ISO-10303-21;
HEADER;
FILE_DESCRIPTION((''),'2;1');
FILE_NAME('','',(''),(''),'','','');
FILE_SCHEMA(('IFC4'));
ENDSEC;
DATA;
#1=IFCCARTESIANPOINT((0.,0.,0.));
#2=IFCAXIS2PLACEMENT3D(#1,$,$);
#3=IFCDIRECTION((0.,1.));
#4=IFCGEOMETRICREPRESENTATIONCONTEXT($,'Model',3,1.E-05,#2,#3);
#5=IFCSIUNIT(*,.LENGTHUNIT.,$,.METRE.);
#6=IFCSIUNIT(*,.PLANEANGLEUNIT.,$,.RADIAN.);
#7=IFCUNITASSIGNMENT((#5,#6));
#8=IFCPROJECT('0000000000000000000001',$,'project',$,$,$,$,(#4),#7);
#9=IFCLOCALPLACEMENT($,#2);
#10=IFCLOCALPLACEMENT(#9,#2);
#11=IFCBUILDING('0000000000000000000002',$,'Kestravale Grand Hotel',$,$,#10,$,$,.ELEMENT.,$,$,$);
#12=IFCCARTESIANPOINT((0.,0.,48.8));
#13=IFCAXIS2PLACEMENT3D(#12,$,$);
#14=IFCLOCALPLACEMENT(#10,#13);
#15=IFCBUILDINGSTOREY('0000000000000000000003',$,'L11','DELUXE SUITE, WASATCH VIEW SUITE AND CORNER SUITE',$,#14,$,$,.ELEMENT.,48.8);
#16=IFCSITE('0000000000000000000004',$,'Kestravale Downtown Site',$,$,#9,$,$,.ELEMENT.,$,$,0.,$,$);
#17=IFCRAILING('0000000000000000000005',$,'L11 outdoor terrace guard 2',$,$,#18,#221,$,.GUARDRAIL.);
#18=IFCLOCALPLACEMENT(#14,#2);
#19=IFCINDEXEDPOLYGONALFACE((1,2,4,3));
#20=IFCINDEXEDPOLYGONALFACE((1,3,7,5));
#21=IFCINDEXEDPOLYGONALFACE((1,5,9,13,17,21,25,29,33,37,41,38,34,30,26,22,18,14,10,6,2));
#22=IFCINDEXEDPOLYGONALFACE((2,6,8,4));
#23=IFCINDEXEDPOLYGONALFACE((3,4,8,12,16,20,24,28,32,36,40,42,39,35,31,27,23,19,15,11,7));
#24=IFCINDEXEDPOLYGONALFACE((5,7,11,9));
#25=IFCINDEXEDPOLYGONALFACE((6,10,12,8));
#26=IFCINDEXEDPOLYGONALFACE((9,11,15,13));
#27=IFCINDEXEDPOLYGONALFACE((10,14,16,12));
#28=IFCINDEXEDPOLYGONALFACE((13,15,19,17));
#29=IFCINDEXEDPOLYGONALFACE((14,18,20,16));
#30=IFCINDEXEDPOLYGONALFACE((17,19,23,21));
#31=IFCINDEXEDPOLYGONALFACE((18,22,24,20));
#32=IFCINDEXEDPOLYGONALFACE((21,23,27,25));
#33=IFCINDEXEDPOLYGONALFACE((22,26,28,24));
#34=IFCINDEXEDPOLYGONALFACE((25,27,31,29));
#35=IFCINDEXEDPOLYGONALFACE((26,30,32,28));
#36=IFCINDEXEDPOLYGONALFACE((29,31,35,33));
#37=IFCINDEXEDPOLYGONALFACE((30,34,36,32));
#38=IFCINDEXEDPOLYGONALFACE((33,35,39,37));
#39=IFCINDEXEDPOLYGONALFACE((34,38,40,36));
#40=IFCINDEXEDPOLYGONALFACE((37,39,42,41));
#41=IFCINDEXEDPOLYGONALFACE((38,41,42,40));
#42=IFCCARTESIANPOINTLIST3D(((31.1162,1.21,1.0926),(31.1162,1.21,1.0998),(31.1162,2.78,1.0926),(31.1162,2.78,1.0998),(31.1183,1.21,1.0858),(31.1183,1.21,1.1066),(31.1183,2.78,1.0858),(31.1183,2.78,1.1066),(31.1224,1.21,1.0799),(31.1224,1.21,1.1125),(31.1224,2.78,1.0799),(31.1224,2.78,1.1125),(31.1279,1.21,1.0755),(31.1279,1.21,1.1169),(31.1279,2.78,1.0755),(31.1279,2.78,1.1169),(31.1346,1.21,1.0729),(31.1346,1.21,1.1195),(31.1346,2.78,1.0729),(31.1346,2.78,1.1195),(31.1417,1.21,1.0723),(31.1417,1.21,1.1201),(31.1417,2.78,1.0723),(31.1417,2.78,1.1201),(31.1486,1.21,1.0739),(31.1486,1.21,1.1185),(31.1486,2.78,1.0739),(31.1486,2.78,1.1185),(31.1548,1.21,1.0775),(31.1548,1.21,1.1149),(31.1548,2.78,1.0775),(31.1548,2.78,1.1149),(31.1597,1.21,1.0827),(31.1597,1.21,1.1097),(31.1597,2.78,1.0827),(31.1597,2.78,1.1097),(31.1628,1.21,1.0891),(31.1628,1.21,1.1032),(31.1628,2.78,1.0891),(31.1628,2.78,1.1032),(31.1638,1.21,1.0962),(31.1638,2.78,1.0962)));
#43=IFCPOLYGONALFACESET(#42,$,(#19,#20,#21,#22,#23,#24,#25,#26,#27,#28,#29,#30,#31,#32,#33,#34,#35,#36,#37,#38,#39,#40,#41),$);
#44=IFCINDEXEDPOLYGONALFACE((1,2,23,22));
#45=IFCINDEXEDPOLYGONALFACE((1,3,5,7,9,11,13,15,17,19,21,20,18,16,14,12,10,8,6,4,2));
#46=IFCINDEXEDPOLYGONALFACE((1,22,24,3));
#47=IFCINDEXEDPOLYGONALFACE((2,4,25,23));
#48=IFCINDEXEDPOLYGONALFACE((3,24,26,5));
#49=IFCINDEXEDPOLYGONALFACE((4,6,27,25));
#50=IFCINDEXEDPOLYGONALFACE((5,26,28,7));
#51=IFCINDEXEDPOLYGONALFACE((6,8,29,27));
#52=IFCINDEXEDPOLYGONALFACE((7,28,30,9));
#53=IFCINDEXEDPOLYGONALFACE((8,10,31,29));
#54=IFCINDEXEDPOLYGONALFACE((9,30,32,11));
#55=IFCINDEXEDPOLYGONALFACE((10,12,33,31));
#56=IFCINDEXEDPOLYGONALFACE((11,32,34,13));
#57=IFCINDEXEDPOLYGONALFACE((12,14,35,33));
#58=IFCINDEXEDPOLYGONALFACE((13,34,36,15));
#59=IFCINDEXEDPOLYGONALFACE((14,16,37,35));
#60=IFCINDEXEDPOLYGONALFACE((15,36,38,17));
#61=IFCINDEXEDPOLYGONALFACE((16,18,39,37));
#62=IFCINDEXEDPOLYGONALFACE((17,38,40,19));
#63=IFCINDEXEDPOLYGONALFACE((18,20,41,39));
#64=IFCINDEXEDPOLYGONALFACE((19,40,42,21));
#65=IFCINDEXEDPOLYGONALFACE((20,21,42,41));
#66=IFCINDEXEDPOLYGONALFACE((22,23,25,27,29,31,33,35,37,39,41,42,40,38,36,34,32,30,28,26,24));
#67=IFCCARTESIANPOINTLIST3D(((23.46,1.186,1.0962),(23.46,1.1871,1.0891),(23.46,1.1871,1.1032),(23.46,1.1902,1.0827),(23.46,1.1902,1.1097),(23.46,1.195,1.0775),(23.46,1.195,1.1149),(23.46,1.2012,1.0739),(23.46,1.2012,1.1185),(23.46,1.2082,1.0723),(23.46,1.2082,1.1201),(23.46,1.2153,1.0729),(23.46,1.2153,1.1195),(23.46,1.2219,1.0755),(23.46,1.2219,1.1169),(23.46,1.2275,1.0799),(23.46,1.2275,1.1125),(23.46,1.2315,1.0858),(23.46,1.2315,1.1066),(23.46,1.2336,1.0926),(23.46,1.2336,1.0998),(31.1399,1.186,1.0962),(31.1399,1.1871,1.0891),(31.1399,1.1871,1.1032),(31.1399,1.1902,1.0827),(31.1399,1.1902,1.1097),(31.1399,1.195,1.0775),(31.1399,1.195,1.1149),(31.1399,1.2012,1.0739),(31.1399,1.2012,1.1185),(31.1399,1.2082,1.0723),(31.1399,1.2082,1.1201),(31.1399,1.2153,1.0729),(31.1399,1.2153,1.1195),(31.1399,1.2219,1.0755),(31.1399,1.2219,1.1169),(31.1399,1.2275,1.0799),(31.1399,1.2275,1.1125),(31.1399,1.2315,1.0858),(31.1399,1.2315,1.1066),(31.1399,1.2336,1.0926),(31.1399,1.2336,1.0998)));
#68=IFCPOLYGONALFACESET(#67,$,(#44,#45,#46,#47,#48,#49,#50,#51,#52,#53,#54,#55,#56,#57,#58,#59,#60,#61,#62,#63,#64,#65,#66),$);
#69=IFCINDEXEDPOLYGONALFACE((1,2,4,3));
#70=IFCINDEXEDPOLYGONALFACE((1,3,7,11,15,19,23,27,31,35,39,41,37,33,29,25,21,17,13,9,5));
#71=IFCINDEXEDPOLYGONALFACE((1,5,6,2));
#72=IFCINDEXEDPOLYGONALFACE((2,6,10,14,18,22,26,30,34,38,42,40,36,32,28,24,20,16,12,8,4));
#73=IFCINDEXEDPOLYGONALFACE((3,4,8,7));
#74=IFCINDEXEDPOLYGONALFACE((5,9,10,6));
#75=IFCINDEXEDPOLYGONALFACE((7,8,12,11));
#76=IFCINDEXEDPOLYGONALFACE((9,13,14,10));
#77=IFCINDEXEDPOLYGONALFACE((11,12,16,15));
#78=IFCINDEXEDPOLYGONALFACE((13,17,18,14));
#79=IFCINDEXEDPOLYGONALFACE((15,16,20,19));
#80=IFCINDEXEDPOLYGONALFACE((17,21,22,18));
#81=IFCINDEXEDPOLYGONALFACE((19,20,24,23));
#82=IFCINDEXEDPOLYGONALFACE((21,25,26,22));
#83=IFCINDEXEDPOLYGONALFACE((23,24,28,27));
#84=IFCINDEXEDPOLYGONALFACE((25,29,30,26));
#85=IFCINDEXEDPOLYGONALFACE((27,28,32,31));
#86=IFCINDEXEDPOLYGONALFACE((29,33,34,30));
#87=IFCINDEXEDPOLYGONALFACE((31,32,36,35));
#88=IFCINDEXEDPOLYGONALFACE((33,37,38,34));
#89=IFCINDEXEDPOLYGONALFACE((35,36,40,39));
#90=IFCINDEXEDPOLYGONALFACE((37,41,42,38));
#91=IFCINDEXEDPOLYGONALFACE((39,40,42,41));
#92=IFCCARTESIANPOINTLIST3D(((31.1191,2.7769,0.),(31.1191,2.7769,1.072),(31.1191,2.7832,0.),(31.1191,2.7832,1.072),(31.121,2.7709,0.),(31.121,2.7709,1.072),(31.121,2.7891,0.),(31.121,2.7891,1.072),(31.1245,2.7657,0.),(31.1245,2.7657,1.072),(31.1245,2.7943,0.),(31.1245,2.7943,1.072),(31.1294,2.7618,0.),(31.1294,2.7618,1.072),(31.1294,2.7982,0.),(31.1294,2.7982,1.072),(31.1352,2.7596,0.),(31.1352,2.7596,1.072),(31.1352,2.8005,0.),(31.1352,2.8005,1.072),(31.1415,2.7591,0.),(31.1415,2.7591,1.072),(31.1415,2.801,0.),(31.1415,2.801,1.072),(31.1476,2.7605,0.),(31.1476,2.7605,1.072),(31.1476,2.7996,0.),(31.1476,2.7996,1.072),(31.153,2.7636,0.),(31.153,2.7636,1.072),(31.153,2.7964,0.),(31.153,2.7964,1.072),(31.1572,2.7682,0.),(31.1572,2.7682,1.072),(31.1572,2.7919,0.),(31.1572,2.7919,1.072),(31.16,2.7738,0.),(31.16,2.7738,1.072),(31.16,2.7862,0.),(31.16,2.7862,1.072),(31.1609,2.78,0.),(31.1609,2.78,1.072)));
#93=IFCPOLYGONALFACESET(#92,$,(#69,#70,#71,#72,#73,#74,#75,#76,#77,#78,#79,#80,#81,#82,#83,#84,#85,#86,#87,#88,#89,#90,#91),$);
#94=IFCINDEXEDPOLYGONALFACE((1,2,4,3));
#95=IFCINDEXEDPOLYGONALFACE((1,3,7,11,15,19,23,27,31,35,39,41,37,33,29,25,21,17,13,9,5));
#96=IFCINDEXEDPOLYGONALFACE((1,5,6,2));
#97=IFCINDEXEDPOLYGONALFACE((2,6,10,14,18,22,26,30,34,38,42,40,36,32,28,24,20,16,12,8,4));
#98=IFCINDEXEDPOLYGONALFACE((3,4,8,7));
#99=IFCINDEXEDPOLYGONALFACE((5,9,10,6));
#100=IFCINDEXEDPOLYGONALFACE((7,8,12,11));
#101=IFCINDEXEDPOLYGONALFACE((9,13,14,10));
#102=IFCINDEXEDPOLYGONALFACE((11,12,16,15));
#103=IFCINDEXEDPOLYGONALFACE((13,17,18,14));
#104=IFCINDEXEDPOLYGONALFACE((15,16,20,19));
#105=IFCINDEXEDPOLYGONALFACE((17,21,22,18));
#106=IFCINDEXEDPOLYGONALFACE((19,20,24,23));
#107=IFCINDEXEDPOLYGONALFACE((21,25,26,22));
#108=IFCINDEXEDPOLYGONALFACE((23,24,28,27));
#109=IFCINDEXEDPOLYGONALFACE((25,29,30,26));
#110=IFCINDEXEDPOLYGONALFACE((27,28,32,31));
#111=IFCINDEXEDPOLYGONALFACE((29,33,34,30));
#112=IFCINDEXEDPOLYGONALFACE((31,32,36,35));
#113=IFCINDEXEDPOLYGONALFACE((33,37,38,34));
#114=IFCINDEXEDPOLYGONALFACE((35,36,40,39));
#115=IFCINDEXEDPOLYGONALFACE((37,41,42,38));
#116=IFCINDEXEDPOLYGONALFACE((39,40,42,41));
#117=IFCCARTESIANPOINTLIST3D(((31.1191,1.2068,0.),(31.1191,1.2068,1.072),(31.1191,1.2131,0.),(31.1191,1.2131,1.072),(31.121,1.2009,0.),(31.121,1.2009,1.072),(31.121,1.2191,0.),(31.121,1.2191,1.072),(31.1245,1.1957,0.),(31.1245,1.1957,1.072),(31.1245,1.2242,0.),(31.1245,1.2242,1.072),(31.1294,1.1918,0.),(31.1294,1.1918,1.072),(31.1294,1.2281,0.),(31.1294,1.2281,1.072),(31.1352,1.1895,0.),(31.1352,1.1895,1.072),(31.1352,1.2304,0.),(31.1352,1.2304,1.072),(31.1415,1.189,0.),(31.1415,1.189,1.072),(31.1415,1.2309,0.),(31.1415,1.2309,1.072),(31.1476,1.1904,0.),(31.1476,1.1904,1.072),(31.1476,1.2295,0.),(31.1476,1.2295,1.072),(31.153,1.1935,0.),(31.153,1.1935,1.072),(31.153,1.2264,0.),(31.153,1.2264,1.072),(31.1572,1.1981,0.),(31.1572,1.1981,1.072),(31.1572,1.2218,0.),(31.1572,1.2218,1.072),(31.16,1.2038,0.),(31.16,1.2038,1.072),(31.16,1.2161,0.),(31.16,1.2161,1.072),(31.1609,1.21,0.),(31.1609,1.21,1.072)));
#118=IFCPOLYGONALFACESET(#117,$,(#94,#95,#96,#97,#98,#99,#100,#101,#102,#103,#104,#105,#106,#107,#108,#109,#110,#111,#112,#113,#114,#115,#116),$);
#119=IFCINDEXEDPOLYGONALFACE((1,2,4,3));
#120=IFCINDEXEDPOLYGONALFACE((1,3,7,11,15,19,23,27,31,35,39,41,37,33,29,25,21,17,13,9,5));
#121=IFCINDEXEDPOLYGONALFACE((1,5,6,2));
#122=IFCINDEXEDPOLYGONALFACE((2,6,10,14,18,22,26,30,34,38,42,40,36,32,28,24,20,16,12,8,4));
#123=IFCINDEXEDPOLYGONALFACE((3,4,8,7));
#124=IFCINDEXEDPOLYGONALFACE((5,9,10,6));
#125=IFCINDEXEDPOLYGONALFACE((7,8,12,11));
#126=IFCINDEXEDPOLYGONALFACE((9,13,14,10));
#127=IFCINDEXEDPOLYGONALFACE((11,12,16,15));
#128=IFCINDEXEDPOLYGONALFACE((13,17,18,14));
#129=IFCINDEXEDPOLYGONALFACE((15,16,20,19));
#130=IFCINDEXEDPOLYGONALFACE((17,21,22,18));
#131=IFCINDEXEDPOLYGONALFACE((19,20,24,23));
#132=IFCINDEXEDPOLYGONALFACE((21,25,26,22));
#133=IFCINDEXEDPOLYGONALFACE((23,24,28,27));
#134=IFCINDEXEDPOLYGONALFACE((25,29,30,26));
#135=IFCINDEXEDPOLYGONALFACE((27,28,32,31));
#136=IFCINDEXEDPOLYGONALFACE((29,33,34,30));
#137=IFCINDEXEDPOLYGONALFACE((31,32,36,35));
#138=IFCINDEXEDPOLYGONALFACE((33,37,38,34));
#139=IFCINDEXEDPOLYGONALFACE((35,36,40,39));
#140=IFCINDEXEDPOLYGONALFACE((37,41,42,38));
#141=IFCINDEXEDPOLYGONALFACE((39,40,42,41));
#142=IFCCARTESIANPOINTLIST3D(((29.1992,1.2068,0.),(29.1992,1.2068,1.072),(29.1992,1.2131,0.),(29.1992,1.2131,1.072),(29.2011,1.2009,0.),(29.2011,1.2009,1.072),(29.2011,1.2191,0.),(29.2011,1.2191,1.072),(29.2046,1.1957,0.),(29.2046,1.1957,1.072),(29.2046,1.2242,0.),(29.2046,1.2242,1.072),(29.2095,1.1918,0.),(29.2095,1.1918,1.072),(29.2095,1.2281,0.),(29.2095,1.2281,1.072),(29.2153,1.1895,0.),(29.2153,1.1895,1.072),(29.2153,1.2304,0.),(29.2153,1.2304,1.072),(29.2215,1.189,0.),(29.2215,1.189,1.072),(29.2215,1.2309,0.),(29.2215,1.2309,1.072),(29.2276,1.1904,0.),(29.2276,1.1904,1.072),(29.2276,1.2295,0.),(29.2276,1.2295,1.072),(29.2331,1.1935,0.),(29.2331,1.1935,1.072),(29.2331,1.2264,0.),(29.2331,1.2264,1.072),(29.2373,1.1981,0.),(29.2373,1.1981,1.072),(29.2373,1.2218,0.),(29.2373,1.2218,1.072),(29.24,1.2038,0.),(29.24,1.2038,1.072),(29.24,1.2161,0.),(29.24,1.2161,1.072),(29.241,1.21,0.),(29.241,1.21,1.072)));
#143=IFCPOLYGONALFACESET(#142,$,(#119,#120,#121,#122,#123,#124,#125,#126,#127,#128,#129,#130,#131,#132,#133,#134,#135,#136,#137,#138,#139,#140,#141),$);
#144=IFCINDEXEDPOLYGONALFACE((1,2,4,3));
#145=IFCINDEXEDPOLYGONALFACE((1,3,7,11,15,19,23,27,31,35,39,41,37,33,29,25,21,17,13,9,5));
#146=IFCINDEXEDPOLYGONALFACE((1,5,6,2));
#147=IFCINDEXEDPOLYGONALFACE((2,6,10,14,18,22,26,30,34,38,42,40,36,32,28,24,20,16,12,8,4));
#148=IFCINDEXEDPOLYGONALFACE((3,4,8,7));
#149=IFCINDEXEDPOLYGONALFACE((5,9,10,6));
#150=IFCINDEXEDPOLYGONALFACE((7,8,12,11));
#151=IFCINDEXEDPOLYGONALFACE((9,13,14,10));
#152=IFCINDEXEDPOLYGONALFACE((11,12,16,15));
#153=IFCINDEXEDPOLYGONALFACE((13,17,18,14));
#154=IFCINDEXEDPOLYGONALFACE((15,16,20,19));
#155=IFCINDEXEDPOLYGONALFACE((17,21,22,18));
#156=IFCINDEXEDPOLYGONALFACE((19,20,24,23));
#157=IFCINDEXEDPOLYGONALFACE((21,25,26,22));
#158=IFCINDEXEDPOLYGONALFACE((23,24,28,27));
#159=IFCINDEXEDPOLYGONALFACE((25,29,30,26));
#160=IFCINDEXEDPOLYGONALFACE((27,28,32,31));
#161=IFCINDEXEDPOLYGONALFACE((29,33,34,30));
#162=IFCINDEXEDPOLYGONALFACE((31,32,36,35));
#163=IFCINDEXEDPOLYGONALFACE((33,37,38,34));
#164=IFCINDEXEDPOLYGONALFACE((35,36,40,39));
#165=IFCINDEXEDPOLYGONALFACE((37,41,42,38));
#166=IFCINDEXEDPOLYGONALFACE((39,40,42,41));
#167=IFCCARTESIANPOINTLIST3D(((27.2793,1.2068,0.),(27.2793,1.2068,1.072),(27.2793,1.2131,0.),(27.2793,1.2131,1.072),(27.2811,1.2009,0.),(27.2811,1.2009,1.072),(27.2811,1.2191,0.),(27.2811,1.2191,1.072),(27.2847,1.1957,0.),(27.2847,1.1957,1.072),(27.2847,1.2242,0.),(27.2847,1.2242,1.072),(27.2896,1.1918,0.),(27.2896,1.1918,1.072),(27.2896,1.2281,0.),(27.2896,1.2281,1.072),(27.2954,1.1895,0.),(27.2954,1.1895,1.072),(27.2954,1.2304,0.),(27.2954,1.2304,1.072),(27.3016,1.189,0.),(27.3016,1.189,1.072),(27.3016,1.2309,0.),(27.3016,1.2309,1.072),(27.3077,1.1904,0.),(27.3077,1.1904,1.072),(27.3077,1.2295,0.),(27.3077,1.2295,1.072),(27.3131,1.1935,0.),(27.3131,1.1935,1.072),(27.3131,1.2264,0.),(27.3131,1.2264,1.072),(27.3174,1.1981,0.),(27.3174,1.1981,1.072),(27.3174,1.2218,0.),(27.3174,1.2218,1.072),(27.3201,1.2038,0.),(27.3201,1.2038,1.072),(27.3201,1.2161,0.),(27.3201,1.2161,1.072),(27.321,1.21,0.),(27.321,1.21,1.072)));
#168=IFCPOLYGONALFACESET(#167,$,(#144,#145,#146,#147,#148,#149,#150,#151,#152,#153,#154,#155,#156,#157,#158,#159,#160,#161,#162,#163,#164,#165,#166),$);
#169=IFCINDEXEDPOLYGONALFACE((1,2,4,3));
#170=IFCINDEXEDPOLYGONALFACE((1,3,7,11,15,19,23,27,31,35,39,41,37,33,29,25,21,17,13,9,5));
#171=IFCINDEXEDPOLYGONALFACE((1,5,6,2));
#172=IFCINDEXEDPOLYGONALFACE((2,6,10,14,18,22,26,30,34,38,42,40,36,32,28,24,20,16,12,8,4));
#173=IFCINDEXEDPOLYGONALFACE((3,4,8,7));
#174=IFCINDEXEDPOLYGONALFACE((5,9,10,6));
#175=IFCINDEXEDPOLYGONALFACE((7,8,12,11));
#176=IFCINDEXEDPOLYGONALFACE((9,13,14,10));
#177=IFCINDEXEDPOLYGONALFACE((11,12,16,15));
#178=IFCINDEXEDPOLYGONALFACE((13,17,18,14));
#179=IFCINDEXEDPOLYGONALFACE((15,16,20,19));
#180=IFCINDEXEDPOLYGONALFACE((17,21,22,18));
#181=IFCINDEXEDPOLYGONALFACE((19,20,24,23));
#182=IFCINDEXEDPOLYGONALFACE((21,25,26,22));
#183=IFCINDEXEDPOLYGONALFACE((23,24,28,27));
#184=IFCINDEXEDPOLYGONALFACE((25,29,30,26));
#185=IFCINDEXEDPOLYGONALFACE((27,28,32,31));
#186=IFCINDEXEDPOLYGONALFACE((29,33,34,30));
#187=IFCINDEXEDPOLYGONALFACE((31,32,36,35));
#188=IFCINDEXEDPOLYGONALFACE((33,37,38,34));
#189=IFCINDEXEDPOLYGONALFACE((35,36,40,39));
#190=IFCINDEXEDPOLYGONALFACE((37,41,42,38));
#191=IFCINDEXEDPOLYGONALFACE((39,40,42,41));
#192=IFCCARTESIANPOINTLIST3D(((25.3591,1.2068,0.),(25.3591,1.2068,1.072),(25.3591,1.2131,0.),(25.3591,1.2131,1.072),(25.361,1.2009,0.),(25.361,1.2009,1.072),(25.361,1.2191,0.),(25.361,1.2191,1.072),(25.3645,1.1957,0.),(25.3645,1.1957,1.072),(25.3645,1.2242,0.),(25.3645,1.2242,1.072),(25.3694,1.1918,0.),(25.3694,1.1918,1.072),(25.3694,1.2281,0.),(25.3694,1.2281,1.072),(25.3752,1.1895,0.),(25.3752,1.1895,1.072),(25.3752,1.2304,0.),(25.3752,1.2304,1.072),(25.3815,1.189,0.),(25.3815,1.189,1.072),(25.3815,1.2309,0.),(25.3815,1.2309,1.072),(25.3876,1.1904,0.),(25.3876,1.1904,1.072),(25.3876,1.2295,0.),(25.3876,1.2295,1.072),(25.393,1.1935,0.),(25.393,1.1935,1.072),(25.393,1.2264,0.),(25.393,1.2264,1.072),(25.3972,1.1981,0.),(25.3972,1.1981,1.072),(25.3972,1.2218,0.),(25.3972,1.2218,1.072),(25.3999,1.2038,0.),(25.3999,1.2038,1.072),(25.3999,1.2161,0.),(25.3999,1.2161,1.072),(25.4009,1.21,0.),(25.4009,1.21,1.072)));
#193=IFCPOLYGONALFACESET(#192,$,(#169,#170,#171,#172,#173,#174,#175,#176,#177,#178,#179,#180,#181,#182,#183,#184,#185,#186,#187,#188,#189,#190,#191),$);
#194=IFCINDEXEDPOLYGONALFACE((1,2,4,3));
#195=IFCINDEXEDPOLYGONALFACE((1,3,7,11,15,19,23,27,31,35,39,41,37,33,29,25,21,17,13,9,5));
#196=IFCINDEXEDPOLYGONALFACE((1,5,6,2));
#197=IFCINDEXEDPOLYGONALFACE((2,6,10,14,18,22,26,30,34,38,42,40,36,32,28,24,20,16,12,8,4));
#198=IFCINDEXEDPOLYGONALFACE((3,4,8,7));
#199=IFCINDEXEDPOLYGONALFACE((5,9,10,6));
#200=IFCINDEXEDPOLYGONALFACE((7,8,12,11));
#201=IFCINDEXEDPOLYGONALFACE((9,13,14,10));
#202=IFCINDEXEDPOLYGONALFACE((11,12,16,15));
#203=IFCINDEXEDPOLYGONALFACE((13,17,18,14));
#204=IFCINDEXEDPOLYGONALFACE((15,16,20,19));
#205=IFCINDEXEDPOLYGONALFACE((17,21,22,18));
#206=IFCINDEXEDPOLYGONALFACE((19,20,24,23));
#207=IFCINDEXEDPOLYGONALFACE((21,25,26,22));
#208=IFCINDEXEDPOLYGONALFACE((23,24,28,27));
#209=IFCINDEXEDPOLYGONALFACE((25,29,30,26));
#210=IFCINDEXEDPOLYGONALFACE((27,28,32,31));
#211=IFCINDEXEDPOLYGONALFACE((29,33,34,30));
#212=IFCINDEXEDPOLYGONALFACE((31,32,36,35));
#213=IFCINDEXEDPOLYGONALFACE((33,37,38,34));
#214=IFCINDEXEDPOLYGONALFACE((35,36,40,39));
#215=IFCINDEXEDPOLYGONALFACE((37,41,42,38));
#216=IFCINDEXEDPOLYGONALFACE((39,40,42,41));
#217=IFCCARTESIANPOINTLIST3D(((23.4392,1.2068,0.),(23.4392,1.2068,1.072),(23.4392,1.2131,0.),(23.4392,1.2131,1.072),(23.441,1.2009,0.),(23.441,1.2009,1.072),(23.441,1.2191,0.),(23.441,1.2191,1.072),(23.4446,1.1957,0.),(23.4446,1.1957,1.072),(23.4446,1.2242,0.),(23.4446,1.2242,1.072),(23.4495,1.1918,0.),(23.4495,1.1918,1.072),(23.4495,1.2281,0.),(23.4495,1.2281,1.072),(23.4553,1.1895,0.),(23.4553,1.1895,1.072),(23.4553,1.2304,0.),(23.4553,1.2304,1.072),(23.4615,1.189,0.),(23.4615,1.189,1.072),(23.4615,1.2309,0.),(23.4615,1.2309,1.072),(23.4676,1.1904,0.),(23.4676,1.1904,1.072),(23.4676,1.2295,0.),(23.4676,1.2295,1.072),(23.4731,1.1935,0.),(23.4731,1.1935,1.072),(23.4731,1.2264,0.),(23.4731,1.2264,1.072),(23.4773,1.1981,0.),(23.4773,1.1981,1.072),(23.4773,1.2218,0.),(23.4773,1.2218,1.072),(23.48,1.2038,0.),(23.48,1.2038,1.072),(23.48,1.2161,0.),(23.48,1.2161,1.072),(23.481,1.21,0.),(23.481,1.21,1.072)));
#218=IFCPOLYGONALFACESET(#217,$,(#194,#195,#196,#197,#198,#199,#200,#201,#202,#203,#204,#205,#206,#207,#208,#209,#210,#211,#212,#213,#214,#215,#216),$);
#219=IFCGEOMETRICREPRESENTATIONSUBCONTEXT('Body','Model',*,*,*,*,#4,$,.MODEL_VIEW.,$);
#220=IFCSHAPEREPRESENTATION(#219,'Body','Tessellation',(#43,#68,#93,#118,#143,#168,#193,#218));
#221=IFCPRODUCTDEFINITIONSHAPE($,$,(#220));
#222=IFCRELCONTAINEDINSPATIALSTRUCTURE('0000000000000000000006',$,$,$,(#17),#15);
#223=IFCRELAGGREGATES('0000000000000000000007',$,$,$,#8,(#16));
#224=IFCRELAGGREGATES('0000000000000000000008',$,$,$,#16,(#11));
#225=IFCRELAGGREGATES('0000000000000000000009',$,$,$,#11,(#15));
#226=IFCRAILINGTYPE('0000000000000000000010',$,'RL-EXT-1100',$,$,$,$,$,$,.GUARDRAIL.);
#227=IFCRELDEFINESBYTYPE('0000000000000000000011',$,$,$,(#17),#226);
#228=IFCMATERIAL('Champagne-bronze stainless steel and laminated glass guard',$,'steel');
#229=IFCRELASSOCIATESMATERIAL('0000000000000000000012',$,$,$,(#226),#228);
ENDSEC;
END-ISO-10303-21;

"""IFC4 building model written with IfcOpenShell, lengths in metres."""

from ifc_helpers import new_model, si_unit, direction, frame, origin, origin_2d, place, context, subcontext, project, spatial, circle, extrude, material, type_object, element, save


model = new_model("IFC4")

# Units and contexts
model_context = context("Model", 3, precision=1e-05, world=origin(), true_north=direction((0.0, 1.0)))
body_context = subcontext(model_context, "Body", "Model", "MODEL_VIEW")
ifc_project = project(units=[si_unit("LENGTHUNIT", "METRE"), si_unit("PLANEANGLEUNIT", "RADIAN")], contexts=[model_context])

# Site, building, storey
site_placement = place(None, origin())
site = spatial("IfcSite", under=ifc_project, at=site_placement, Name="Kestravale Downtown Site", CompositionType="ELEMENT", RefElevation=0.0)
building_placement = place(site_placement, origin())
building = spatial("IfcBuilding", under=site, at=building_placement, Name="Kestravale Grand Hotel", CompositionType="ELEMENT")
storey_placement = place(building_placement, frame((0.0, 0.0, 48.8)))
storey = spatial("IfcBuildingStorey", under=building, at=storey_placement, Name="L11", Description="DELUXE SUITE, WASATCH VIEW SUITE AND CORNER SUITE", CompositionType="ELEMENT", Elevation=48.8)

# Railing
ifc_material_1 = material(Name="Champagne-bronze stainless steel and laminated glass guard", Category="steel")
railing_type = type_object("IfcRailingType", Name="RL-EXT-1100", PredefinedType="GUARDRAIL", material=ifc_material_1)
railing_1_placement = place(storey_placement, frame((31.1399, 2.78, 0.0)))
element("IfcRailing", 1, at=railing_1_placement, inside=storey, type_object=railing_type, Name="L11 outdoor terrace guard 2", PredefinedType="GUARDRAIL", context=body_context, shape_type="SweptSolid", body=[
    extrude(circle(Radius=0.0239, at=origin_2d()), frame((0.0, 0.0, 1.0962), z_axis=(0.0, -1.0, 0.0), x_axis=(1.0, 0.0, 0.0)), (0.0, 0.0, 1.0), 1.5701),
    extrude(circle(Radius=0.0239, at=origin_2d()), frame((0.0, -1.5701, 1.0962), z_axis=(-1.0, 0.0, 0.0), x_axis=(0.0, -1.0, 0.0)), (0.0, 0.0, 1.0), 7.6799),
    extrude(circle(Radius=0.021, at=origin_2d()), origin(), (0.0, 0.0, 1.0), 1.072),
    extrude(circle(Radius=0.021, at=origin_2d()), frame((0.0, -1.5701, 0.0)), (0.0, 0.0, 1.0), 1.072),
    extrude(circle(Radius=0.021, at=origin_2d()), frame((-1.9199, -1.5701, 0.0)), (0.0, 0.0, 1.0), 1.072),
    extrude(circle(Radius=0.021, at=origin_2d()), frame((-3.8398, -1.5701, 0.0)), (0.0, 0.0, 1.0), 1.072),
    extrude(circle(Radius=0.021, at=origin_2d()), frame((-5.76, -1.5701, 0.0)), (0.0, 0.0, 1.0), 1.072),
    extrude(circle(Radius=0.021, at=origin_2d()), frame((-7.6799, -1.5701, 0.0)), (0.0, 0.0, 1.0), 1.072),
])

save(model, "model.ifc")
